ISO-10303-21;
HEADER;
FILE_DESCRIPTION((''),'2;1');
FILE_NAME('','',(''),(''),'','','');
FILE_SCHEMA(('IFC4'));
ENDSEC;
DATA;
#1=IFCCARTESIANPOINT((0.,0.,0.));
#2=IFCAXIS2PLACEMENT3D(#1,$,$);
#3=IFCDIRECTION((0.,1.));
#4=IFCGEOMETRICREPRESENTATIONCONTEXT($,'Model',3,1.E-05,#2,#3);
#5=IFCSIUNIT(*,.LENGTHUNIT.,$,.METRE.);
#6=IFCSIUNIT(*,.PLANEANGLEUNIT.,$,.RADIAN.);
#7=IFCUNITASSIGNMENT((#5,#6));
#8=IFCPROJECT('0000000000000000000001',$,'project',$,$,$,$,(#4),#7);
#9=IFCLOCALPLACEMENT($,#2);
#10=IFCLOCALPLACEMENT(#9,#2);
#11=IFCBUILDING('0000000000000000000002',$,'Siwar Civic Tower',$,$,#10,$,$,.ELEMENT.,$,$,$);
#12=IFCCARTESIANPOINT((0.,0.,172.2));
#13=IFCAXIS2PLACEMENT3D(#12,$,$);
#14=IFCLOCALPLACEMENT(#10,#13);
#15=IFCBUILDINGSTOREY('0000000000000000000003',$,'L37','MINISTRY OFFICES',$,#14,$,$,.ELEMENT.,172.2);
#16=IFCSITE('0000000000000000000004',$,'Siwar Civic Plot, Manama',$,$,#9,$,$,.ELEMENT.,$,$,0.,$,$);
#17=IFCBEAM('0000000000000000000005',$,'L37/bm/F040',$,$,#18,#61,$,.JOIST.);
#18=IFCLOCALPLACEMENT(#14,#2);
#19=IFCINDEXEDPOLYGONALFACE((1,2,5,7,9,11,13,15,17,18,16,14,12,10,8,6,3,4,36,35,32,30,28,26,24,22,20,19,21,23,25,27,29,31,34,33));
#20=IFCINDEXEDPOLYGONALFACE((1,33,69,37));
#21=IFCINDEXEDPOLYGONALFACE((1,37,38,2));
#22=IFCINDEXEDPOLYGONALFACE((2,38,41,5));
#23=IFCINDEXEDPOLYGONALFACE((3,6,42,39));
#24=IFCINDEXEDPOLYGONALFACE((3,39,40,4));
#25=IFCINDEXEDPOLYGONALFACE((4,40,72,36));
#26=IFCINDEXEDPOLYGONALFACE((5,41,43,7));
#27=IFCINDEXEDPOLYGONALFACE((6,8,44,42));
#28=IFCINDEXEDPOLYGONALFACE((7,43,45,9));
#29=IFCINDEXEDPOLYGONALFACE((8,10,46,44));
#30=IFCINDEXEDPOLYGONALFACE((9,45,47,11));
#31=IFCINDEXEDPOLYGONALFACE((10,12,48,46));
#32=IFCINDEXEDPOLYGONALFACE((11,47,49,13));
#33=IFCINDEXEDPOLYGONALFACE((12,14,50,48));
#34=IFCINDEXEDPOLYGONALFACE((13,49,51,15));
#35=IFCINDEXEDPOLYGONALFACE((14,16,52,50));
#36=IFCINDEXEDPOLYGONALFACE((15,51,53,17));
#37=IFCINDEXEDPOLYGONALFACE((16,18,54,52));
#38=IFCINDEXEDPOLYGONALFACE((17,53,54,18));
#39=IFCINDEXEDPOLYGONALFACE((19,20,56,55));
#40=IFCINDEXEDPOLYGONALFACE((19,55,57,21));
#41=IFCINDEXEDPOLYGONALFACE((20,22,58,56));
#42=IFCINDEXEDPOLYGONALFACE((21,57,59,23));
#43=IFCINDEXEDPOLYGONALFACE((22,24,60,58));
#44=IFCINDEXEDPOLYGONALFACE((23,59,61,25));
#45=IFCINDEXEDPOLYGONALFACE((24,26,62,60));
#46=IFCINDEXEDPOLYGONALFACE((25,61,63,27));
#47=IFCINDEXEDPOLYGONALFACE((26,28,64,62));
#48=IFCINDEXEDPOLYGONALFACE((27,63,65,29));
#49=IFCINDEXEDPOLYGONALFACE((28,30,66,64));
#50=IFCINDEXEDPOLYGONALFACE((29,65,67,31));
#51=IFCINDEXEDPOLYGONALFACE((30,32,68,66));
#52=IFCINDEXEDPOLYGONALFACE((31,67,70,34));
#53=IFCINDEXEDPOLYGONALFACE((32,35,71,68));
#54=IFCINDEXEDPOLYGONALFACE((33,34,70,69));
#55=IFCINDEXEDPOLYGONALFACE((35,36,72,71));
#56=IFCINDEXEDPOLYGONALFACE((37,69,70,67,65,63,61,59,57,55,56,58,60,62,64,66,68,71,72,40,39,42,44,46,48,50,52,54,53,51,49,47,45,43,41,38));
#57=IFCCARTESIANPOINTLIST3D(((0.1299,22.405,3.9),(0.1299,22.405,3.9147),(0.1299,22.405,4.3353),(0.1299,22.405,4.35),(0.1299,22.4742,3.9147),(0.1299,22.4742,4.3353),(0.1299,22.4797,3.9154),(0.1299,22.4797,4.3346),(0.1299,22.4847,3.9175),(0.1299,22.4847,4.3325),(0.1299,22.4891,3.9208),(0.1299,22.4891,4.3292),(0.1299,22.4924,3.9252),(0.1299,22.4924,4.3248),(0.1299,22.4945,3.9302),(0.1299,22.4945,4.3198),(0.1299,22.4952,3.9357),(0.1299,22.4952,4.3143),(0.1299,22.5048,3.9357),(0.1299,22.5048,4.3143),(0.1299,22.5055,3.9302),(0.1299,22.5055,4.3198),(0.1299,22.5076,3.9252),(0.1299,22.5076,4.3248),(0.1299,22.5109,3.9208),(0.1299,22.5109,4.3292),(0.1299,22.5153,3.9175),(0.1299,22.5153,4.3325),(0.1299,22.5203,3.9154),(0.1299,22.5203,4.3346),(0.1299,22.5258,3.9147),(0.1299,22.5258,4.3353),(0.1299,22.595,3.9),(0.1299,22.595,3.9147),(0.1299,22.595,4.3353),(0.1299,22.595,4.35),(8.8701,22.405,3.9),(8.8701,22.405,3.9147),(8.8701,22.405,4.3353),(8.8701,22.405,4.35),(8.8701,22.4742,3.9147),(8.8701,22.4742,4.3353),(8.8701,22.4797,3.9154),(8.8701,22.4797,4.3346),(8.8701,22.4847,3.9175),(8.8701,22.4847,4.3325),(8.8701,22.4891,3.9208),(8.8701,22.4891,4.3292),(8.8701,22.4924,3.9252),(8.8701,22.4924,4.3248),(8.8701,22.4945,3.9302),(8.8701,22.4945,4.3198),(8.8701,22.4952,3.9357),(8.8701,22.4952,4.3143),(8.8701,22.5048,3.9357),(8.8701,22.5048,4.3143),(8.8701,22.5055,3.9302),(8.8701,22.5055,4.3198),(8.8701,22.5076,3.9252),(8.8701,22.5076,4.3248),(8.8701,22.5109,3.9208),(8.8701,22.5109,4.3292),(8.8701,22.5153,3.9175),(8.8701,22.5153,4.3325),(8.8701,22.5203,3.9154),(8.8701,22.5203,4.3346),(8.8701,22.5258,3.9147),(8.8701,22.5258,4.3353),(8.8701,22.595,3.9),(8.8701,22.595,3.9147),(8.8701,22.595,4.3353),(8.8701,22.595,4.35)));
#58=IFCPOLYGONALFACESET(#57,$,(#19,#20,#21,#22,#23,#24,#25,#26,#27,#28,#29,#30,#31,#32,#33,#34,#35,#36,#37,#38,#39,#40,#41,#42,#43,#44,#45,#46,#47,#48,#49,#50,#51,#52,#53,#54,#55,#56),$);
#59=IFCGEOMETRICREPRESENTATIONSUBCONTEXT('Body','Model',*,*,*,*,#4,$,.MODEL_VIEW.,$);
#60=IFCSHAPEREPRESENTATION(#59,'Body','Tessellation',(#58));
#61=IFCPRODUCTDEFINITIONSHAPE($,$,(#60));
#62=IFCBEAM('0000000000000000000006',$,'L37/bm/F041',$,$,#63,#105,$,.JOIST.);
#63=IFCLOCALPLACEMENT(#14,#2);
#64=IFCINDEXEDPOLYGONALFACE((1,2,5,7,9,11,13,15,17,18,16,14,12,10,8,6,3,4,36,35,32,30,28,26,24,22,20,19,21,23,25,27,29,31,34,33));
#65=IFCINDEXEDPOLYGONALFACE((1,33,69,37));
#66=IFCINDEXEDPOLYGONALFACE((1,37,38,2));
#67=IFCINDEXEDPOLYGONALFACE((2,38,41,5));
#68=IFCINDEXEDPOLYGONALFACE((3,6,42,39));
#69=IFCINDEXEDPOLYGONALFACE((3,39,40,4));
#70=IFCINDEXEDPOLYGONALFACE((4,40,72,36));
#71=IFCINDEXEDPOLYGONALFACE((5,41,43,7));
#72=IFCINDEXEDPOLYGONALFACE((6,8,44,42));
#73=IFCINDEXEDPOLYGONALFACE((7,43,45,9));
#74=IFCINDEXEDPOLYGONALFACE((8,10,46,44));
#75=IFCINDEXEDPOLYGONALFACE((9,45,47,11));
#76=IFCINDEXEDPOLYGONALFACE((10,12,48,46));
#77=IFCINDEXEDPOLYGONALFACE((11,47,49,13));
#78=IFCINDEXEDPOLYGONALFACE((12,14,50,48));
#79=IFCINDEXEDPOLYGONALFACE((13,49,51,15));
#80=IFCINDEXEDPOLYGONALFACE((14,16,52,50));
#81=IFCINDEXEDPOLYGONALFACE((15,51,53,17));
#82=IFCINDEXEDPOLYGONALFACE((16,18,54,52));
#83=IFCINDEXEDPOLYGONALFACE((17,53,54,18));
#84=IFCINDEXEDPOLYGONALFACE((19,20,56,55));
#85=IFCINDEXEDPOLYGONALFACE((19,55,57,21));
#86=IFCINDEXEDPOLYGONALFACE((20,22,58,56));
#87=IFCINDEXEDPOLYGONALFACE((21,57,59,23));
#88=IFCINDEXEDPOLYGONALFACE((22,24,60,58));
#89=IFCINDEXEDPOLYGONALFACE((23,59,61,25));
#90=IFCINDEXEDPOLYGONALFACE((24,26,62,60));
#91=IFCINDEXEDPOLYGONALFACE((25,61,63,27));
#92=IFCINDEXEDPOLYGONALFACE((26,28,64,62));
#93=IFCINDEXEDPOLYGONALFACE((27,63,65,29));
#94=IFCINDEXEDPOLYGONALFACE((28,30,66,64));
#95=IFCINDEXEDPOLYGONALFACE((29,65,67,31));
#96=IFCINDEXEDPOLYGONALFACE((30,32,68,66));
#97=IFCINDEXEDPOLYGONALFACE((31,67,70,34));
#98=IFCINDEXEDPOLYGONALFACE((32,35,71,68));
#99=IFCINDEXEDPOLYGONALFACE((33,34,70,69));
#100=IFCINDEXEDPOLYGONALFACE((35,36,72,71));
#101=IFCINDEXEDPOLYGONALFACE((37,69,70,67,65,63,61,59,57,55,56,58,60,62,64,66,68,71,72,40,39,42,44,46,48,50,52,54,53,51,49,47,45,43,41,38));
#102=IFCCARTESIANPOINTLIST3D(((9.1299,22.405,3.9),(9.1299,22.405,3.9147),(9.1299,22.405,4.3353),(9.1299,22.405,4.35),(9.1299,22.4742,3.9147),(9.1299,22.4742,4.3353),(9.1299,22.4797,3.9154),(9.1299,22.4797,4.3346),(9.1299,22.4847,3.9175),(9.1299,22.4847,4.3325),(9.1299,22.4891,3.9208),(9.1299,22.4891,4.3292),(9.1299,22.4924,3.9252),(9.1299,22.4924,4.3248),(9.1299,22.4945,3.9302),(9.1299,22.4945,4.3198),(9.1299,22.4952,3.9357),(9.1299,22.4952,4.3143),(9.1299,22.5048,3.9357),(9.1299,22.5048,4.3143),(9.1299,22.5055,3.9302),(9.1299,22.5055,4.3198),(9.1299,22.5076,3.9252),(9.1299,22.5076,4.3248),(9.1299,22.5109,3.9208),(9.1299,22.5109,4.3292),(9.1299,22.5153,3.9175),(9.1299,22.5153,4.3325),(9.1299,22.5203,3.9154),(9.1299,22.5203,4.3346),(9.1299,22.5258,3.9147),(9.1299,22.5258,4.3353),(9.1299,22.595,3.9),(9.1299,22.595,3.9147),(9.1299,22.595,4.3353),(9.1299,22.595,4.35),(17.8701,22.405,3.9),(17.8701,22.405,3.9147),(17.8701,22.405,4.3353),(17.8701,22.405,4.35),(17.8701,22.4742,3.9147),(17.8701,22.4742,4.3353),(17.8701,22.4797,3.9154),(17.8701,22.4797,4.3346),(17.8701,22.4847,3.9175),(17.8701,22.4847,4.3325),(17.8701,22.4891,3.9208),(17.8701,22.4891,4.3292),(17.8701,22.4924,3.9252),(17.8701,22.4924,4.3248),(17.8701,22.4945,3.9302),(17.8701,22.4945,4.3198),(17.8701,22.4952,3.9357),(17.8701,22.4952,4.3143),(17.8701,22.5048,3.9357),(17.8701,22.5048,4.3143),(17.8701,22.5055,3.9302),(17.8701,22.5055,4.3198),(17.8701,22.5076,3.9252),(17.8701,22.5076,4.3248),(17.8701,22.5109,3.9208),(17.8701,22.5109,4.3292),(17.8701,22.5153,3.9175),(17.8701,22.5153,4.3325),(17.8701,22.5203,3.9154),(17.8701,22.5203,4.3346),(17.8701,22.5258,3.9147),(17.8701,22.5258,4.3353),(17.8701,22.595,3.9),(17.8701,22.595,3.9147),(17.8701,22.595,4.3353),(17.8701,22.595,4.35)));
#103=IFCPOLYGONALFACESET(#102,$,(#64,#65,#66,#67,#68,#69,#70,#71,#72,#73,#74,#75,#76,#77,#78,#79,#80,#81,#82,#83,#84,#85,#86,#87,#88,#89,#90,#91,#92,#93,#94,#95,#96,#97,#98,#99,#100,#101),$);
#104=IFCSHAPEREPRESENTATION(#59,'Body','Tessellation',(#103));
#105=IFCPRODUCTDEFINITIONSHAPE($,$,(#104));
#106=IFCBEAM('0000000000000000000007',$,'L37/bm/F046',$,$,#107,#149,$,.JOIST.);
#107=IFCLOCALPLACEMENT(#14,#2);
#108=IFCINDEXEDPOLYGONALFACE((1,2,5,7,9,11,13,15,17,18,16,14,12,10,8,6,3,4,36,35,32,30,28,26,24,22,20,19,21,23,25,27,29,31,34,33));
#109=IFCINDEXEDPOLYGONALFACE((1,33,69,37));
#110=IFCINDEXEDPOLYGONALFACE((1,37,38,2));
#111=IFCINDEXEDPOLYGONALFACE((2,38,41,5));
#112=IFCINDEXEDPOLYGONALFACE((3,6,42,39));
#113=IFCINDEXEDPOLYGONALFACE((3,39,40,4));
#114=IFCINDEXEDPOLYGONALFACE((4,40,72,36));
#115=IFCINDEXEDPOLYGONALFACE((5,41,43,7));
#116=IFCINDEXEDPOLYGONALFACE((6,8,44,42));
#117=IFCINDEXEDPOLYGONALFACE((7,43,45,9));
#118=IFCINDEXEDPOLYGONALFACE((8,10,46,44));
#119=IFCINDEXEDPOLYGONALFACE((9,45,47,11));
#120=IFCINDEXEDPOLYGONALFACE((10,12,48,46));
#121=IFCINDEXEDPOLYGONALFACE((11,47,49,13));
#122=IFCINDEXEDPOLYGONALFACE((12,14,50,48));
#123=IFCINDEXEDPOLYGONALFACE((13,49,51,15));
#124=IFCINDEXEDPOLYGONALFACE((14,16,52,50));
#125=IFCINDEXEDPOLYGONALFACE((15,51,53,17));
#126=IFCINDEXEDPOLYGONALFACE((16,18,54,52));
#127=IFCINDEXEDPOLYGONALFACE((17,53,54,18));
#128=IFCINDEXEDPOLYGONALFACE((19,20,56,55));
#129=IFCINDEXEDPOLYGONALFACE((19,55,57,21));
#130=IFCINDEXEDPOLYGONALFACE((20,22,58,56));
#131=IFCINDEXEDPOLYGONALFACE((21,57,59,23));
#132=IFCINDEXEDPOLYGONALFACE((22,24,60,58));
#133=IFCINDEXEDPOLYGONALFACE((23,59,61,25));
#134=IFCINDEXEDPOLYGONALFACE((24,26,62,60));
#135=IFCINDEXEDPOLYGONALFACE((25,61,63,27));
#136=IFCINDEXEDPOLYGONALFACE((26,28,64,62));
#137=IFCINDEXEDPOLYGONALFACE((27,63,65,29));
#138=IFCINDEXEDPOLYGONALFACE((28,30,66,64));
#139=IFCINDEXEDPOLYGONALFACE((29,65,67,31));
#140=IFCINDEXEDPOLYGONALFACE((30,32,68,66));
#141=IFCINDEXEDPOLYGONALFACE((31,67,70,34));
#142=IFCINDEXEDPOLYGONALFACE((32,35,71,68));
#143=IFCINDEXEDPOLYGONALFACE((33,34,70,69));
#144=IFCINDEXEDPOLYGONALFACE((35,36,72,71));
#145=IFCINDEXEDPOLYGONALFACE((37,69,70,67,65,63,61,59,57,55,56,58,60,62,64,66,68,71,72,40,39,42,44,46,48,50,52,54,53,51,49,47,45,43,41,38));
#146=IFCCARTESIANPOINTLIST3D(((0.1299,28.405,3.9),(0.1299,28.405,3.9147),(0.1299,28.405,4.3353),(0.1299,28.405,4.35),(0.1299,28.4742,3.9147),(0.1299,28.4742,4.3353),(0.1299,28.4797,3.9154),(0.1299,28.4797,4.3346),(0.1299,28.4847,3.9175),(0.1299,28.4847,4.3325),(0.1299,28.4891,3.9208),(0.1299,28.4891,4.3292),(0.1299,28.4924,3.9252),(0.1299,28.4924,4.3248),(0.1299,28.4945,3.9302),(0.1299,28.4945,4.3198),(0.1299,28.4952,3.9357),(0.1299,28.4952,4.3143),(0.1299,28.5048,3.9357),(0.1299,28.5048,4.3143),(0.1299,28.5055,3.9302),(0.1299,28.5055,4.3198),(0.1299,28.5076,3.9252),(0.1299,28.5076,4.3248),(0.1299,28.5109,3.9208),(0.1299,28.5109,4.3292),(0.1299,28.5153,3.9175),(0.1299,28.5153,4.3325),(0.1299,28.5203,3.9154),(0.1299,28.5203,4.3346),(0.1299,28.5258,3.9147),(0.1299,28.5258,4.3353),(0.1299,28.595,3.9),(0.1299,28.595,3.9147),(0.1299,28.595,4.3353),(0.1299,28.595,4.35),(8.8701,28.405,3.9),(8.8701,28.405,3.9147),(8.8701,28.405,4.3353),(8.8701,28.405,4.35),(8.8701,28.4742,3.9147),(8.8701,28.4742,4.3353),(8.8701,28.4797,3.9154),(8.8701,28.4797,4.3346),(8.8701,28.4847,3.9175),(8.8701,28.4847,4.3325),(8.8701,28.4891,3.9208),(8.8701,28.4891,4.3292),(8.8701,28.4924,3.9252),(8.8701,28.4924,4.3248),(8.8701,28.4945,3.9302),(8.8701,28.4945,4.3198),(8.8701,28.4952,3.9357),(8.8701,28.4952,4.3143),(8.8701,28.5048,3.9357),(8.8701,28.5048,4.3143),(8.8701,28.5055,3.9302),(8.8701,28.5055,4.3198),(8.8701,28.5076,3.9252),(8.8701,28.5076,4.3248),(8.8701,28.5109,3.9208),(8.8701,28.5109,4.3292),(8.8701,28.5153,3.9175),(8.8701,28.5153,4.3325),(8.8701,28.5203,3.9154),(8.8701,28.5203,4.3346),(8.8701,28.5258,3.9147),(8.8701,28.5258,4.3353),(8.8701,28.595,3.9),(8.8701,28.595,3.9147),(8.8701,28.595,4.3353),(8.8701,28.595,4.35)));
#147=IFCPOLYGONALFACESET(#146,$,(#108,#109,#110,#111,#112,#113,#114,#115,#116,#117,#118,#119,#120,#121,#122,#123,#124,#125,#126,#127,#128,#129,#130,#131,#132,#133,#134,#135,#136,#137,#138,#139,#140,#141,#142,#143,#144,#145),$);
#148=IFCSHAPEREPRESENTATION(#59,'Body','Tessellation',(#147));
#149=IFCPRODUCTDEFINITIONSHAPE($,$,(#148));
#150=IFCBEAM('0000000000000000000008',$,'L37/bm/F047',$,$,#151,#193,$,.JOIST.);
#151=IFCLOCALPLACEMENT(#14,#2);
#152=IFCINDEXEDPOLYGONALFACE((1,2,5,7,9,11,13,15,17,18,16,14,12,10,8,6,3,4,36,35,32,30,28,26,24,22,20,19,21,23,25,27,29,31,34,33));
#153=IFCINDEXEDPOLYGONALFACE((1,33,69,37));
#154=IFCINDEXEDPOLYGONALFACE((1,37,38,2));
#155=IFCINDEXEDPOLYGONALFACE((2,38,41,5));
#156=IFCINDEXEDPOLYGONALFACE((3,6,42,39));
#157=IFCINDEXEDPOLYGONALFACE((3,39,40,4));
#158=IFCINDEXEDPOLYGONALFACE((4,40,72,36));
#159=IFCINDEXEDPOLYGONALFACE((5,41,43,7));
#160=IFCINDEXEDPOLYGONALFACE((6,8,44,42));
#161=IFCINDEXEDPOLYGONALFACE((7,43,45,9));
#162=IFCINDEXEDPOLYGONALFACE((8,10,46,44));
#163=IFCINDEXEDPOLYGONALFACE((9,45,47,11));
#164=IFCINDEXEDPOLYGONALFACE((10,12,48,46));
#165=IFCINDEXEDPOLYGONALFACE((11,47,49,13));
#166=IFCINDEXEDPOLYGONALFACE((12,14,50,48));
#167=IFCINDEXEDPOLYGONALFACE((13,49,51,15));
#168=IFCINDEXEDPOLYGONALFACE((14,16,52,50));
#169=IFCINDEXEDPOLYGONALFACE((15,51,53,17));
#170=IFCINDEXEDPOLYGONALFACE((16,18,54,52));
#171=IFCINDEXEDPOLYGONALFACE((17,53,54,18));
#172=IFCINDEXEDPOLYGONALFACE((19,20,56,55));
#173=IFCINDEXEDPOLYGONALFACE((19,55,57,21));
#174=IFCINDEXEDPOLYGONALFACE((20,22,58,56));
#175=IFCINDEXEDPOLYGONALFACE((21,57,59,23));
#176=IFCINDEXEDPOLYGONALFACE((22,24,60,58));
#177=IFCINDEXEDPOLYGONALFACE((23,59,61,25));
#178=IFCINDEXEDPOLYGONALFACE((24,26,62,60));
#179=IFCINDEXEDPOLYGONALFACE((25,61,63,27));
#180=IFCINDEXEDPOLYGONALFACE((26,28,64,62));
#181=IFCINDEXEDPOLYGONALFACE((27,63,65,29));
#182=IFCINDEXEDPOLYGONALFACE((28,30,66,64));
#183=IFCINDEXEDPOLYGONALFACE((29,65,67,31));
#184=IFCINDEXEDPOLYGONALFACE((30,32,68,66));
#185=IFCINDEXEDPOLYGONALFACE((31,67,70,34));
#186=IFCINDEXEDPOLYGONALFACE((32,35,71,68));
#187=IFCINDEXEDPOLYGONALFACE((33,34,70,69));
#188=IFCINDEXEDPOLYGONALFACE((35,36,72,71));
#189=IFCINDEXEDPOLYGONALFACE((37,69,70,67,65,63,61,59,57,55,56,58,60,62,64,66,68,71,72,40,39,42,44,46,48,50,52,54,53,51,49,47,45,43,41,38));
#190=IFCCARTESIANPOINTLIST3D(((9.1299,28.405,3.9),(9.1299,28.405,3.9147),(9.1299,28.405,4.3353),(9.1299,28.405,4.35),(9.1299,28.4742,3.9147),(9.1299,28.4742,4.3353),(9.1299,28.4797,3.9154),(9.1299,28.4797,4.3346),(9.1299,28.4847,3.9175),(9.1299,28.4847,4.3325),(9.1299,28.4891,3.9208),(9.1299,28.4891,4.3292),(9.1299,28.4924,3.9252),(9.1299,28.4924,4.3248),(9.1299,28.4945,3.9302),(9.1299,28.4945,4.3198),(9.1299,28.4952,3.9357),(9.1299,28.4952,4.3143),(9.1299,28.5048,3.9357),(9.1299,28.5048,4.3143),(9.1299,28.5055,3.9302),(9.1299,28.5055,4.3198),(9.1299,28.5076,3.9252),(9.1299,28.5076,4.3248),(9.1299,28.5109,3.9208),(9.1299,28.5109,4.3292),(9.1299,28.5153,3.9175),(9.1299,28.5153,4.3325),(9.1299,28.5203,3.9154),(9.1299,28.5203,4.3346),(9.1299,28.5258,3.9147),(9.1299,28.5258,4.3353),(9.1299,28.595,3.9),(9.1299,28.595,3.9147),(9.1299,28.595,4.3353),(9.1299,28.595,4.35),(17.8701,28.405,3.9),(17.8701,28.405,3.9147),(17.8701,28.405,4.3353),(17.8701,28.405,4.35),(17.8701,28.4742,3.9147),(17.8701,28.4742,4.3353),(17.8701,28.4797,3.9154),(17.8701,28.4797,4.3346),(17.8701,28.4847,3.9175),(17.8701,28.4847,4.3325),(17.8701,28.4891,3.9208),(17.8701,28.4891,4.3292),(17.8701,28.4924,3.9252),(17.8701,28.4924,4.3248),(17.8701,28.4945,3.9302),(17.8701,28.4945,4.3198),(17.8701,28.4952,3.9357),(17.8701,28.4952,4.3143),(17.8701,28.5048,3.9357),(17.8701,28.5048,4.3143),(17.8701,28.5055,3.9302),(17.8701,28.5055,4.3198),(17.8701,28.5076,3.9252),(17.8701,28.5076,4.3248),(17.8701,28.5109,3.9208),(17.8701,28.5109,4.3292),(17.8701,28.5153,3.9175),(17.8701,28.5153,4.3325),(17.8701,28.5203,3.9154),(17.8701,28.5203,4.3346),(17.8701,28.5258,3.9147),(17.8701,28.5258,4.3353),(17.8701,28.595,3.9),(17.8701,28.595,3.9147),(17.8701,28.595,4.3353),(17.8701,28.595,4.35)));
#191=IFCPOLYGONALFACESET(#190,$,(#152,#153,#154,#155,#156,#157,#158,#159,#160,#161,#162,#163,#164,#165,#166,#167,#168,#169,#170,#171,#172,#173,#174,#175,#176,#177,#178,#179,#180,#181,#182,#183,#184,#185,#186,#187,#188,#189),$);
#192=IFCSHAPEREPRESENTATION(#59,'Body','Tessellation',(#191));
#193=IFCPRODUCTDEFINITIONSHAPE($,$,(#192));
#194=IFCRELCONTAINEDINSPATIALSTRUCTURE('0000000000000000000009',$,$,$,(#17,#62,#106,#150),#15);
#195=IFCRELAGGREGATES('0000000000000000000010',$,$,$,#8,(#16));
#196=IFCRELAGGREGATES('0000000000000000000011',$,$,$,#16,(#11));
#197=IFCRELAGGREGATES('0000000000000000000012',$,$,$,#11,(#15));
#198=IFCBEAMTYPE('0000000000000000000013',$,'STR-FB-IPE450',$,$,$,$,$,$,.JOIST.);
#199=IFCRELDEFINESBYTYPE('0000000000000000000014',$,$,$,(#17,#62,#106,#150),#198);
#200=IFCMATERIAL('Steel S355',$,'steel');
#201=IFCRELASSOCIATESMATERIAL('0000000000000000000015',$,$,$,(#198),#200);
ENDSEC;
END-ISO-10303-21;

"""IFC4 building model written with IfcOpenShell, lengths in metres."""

from ifc_helpers import new_model, si_unit, direction, frame, origin, origin_2d, place, context, subcontext, project, spatial, i_section, extrude, material, material_profile, profile_set, type_object, element, save


model = new_model("IFC4")

# Units and contexts
model_context = context("Model", 3, precision=1e-05, world=origin(), true_north=direction((0.0, 1.0)))
body_context = subcontext(model_context, "Body", "Model", "MODEL_VIEW")
ifc_project = project(units=[si_unit("LENGTHUNIT", "METRE"), si_unit("PLANEANGLEUNIT", "RADIAN")], contexts=[model_context])

# Site, building, storey
site_placement = place(None, origin())
site = spatial("IfcSite", under=ifc_project, at=site_placement, Name="Siwar Civic Plot, Manama", CompositionType="ELEMENT", RefElevation=0.0)
building_placement = place(site_placement, origin())
building = spatial("IfcBuilding", under=site, at=building_placement, Name="Siwar Civic Tower", CompositionType="ELEMENT")
storey_placement = place(building_placement, frame((0.0, 0.0, 172.2)))
storey = spatial("IfcBuildingStorey", under=building, at=storey_placement, Name="L37", Description="MINISTRY OFFICES", CompositionType="ELEMENT", Elevation=172.2)

# Beams
ifc_material_1 = material(Name="Steel S355", Category="steel")
ifc_material_profile_1 = material_profile(ifc_material_1, i_section(OverallWidth=0.1899, OverallDepth=0.45, WebThickness=0.0095, FlangeThickness=0.0146, FilletRadius=0.021, at=origin_2d()), Name="IPE450")
ifc_profile_set_1 = profile_set([ifc_material_profile_1], Name="Steel S355")
beam_type_1 = type_object("IfcBeamType", Name="STR-FB-IPE450", PredefinedType="JOIST", material=ifc_profile_set_1)
for number, where, z_axis, x_axis, name in (
    (1, (0.1299, 22.5, 4.125), (1.0, 0.0, 0.0), (0.0, 1.0, 0.0), "L37/bm/F040"),
    (2, (9.1299, 22.5, 4.125), (1.0, 0.0, 0.0), (0.0, 1.0, 0.0), "L37/bm/F041"),
    (3, (0.1299, 28.5, 4.125), (1.0, 0.0, 0.0), (0.0, 1.0, 0.0), "L37/bm/F046"),
    (4, (9.1299, 28.5, 4.125), (1.0, 0.0, 0.0), (0.0, 1.0, 0.0), "L37/bm/F047"),
):
    element("IfcBeam", number, at=place(storey_placement, frame(where, z_axis=z_axis, x_axis=x_axis)), inside=storey, type_object=beam_type_1, Name=name, PredefinedType="JOIST", context=body_context, shape_type="SweptSolid", body=[
        extrude(i_section(OverallWidth=0.1899, OverallDepth=0.45, WebThickness=0.0095, FlangeThickness=0.0146, FilletRadius=0.021, at=origin_2d()), origin(), (0.0, 0.0, 1.0), 8.7402),
    ])

save(model, "model.ifc")
